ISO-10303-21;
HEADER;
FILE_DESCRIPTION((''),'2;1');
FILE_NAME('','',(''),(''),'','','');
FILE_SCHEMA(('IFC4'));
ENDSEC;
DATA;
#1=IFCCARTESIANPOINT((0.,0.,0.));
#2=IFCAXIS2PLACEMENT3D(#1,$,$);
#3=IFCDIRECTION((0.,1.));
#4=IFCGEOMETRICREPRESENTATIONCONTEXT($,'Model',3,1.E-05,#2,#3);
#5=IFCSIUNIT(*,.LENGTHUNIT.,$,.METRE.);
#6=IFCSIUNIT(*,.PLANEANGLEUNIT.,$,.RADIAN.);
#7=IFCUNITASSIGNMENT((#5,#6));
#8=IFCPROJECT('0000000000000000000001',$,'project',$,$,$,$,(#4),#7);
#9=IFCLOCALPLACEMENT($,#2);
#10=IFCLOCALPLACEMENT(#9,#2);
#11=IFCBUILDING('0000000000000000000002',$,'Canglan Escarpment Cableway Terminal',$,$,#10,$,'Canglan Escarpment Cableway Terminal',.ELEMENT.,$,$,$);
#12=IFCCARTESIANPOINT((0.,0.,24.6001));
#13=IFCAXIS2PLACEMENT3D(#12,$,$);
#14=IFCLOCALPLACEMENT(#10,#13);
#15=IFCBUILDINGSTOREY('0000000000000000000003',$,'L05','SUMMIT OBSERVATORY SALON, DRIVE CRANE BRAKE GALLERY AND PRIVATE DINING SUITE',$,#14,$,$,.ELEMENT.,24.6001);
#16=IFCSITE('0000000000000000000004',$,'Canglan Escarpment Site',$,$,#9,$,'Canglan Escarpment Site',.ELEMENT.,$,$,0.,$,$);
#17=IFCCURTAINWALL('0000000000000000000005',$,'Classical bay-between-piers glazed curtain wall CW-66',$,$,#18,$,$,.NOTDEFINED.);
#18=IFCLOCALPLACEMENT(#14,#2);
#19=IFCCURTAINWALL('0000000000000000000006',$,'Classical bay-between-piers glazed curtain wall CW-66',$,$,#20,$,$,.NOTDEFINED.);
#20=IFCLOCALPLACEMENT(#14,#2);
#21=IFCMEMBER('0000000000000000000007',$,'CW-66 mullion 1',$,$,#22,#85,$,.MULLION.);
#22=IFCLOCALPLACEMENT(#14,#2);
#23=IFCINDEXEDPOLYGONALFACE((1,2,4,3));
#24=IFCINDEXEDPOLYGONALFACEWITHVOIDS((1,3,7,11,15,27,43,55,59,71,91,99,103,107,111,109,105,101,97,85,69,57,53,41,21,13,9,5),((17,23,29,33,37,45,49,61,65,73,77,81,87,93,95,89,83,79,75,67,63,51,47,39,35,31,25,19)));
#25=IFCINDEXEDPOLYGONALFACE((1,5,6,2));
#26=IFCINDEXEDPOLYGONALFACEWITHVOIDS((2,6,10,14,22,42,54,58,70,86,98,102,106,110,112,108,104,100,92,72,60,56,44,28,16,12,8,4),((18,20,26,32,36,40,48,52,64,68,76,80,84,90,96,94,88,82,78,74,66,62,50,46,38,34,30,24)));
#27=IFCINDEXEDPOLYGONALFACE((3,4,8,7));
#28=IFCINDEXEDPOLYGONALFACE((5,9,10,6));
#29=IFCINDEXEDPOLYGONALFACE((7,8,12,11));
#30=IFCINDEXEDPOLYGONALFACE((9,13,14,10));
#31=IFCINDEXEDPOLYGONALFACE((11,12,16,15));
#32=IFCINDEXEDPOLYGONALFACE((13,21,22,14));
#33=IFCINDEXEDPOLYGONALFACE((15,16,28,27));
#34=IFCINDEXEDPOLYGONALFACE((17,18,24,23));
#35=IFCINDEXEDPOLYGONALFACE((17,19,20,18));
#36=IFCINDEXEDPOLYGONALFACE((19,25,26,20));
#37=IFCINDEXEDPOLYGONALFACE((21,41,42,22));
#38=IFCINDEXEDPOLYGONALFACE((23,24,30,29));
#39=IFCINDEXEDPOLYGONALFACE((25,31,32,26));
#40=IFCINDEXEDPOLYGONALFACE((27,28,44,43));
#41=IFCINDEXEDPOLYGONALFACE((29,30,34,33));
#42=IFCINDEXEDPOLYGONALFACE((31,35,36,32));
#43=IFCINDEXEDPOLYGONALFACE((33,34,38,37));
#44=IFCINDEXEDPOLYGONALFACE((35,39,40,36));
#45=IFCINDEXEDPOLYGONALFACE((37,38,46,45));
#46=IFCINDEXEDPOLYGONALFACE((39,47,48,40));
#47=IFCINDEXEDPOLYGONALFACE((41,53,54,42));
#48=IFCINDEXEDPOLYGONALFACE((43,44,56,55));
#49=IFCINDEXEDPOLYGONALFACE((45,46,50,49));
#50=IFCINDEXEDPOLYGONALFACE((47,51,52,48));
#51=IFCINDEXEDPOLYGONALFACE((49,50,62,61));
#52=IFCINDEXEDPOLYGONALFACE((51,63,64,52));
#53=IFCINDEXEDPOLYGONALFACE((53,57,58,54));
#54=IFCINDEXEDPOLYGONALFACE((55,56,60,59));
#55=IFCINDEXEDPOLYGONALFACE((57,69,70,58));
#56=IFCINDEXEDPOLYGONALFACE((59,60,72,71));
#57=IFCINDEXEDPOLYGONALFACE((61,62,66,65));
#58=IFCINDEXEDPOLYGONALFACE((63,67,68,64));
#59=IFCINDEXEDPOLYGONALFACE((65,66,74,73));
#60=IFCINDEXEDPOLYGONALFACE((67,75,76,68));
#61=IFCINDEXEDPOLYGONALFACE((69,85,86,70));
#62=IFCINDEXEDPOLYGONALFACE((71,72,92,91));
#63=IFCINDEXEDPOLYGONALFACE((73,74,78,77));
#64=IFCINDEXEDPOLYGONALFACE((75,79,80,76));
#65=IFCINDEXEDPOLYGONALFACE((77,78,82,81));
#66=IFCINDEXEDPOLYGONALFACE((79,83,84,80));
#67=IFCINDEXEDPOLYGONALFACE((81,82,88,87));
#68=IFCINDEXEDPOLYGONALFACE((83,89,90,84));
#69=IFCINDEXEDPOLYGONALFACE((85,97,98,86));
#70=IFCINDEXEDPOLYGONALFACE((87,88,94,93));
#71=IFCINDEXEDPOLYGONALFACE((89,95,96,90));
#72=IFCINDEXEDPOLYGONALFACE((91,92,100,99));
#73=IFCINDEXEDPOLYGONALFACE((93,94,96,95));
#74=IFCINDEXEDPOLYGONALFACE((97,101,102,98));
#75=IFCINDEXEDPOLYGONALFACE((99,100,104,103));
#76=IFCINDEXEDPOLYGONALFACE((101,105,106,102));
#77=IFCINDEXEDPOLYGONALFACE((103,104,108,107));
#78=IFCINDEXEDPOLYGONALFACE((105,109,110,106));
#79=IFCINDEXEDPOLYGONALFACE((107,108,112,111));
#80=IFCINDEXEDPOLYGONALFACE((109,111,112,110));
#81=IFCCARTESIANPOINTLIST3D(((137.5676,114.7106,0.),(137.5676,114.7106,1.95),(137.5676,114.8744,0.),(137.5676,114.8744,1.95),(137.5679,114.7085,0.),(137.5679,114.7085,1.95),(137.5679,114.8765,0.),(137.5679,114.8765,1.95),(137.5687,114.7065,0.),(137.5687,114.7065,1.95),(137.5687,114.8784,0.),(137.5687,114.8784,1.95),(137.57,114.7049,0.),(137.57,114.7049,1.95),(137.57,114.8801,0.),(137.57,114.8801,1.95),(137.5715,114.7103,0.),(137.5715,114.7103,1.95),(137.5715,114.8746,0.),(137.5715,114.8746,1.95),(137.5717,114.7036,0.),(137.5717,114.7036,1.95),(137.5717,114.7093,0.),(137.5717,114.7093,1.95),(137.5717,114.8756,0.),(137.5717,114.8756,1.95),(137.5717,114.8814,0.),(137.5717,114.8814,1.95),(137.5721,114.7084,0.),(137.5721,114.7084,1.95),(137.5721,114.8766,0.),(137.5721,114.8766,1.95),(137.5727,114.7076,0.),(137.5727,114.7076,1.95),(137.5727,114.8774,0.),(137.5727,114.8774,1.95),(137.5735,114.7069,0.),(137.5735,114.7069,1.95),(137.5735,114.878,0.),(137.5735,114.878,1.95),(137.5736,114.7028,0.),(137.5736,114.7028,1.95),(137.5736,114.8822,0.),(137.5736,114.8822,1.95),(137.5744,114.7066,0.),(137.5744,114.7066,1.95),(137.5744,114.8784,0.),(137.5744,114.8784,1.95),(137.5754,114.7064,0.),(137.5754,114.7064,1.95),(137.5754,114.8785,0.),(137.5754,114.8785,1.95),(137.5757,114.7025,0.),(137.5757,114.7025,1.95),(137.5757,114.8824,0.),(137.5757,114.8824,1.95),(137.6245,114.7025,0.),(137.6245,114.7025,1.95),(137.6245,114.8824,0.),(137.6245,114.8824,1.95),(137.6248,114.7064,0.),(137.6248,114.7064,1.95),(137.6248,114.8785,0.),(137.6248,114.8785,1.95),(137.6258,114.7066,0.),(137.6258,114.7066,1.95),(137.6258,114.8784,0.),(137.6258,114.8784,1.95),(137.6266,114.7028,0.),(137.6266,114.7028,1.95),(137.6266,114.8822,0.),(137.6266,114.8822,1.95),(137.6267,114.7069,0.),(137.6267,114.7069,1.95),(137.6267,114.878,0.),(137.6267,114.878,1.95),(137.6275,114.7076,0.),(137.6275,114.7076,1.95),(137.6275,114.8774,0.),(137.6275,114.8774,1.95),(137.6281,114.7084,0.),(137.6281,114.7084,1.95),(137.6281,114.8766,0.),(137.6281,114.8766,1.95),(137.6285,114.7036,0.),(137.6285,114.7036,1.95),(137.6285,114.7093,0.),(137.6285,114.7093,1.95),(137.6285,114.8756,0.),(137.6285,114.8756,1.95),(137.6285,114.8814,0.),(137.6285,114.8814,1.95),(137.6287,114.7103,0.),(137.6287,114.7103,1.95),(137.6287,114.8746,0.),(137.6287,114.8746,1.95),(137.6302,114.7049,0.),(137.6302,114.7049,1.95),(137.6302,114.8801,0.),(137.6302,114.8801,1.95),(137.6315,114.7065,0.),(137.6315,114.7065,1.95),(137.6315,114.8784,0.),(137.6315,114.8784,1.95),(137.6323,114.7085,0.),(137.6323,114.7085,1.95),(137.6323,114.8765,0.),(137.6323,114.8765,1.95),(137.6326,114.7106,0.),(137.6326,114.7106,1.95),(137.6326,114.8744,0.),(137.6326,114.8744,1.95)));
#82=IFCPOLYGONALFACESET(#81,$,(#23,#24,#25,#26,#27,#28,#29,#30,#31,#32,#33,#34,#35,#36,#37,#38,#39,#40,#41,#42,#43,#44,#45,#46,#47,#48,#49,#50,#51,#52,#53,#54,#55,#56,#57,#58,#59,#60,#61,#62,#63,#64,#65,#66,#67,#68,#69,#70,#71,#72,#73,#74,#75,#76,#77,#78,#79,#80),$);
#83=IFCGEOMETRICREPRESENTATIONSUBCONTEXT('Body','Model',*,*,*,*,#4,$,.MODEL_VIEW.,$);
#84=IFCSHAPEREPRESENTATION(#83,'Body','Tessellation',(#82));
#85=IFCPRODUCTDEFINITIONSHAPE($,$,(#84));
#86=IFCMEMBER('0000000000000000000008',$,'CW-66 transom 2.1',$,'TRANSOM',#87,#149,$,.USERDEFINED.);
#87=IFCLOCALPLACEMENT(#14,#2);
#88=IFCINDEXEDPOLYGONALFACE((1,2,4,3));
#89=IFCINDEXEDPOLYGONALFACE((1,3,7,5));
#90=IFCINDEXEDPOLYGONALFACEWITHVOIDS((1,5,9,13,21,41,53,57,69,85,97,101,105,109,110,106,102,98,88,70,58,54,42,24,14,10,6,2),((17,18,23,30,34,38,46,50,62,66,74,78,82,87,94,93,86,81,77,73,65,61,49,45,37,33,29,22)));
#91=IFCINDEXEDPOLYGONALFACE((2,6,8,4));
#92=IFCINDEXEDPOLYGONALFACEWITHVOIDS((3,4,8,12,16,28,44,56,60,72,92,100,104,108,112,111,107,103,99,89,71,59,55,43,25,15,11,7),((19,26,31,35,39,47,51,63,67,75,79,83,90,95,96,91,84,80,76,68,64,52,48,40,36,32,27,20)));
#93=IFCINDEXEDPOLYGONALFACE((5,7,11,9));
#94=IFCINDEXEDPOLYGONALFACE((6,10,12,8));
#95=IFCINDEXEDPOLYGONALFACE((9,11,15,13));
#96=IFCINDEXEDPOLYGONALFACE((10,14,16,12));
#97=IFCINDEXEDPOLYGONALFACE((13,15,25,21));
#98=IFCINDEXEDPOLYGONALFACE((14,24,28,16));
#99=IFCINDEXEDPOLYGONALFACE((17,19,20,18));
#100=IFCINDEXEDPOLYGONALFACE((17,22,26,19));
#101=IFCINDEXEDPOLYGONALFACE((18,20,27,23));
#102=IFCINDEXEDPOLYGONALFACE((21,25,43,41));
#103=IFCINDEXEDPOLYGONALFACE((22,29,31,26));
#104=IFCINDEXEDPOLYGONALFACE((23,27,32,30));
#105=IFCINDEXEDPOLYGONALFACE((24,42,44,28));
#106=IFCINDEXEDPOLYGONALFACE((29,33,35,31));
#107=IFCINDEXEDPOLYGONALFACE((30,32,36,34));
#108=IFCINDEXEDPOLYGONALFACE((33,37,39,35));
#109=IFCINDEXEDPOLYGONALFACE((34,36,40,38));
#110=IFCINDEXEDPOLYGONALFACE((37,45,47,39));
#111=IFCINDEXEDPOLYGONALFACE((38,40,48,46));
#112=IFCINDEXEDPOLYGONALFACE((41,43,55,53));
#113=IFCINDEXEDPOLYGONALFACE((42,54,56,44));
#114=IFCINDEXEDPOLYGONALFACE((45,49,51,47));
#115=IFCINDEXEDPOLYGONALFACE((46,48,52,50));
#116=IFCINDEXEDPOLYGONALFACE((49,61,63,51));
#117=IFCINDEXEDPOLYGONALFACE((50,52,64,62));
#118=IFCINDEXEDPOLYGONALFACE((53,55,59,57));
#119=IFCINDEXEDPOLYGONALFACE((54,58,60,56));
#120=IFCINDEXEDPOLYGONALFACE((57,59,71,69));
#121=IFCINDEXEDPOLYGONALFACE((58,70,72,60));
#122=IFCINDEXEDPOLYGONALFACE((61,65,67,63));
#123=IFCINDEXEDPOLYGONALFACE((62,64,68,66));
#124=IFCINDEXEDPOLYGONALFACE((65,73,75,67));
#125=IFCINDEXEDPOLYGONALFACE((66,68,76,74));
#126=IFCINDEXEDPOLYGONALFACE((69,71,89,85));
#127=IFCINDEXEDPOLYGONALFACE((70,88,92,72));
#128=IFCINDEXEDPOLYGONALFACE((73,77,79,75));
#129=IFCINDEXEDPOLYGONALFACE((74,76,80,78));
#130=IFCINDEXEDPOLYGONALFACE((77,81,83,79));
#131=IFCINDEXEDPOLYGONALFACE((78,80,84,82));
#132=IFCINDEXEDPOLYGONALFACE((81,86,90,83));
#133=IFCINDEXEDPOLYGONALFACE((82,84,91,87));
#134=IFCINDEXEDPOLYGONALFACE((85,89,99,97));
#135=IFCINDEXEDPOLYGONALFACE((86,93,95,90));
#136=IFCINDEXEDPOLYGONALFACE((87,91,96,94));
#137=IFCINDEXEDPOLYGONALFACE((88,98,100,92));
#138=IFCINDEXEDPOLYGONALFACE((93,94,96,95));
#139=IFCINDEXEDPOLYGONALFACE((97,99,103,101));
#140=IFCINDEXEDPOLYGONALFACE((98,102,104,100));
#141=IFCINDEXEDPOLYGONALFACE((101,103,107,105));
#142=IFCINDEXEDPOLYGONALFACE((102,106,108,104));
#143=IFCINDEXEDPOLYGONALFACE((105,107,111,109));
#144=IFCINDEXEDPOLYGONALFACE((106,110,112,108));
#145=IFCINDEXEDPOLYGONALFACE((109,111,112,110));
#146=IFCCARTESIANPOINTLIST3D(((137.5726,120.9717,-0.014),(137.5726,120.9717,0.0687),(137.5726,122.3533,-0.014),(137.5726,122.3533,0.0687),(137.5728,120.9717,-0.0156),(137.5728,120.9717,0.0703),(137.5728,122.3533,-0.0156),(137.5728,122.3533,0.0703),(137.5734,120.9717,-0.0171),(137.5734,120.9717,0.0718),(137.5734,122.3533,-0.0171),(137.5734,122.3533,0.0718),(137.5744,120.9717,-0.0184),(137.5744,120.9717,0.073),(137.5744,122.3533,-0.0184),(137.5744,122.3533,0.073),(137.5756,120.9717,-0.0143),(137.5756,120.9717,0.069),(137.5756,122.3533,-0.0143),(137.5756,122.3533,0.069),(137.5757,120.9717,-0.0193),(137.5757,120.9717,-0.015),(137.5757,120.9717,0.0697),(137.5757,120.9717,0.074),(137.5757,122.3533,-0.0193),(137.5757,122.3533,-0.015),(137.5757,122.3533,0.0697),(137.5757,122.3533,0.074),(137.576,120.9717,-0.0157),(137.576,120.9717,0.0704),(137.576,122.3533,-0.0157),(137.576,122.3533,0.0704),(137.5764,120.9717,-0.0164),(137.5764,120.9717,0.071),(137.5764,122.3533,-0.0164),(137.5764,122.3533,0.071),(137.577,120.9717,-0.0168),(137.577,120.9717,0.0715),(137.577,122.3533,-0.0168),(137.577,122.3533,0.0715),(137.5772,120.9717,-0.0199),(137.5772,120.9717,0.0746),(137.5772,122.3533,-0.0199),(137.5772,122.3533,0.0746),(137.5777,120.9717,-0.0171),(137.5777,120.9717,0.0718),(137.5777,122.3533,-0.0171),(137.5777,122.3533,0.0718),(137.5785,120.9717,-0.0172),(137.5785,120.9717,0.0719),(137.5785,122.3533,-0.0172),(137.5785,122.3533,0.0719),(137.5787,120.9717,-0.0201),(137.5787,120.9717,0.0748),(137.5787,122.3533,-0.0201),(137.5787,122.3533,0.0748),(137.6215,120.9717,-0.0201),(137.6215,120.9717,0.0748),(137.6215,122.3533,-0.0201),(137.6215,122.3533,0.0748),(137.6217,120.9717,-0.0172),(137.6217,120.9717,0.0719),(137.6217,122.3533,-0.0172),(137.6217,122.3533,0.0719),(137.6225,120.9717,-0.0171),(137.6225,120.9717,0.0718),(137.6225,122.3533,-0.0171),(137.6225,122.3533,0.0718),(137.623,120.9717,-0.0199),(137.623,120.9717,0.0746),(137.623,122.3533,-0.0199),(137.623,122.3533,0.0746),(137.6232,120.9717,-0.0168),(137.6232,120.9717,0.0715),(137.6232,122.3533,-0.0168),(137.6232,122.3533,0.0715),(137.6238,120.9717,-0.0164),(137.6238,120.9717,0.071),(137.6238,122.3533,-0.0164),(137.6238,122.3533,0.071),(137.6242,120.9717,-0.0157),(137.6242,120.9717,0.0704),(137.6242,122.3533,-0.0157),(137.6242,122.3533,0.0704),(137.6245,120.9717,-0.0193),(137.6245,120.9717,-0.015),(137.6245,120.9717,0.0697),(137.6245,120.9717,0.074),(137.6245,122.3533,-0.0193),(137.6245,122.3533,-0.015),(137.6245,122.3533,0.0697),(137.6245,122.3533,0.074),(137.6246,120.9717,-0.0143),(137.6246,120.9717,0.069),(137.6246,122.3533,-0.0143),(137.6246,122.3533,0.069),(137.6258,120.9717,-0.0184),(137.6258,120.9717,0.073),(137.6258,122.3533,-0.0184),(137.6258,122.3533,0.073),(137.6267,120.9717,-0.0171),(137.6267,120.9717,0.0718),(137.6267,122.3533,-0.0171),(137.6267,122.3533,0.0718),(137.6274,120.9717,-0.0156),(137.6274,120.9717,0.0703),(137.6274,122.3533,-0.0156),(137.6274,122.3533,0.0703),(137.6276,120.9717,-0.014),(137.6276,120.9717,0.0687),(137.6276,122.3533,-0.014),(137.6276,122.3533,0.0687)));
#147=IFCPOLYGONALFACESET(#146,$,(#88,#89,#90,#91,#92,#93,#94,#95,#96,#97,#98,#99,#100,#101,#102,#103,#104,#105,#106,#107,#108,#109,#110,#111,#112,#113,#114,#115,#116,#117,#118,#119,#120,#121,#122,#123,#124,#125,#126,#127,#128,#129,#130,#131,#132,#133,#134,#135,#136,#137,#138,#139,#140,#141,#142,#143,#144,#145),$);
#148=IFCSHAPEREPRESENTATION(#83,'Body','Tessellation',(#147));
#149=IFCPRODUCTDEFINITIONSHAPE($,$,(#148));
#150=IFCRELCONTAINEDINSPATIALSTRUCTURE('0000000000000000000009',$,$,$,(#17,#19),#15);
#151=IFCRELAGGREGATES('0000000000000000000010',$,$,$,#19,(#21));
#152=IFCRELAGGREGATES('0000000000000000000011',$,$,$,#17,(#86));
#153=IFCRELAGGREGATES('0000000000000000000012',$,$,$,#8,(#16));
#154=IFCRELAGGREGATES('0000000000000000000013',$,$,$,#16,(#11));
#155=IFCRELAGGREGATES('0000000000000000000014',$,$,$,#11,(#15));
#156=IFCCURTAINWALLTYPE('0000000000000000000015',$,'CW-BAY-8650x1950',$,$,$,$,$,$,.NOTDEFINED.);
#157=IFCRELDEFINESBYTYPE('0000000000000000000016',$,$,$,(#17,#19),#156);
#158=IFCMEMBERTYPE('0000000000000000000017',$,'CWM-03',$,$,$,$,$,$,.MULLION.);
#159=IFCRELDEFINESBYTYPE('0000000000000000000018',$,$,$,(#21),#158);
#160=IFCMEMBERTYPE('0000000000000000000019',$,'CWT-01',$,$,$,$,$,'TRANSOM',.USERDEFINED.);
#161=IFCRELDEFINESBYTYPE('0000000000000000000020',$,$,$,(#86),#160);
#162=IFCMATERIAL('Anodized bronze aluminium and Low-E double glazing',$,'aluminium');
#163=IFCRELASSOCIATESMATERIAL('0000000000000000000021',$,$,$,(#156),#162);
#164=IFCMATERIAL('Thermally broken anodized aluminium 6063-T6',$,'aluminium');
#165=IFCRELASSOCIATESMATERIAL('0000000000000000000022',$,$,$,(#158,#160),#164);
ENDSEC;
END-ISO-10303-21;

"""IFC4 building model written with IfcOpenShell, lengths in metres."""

from ifc_helpers import new_model, si_unit, direction, frame, origin, origin_2d, place, context, subcontext, project, spatial, hollow_rectangle, extrude, material, material_profile, profile_set, type_object, element, aggregate, save


model = new_model("IFC4")

# Units and contexts
model_context = context("Model", 3, precision=1e-05, world=origin(), true_north=direction((0.0, 1.0)))
body_context = subcontext(model_context, "Body", "Model", "MODEL_VIEW")
ifc_project = project(units=[si_unit("LENGTHUNIT", "METRE"), si_unit("PLANEANGLEUNIT", "RADIAN")], contexts=[model_context])

# Site, building, storey
site_placement = place(None, origin())
site = spatial("IfcSite", under=ifc_project, at=site_placement, Name="Canglan Escarpment Site", LongName="Canglan Escarpment Site", CompositionType="ELEMENT", RefElevation=0.0)
building_placement = place(site_placement, origin())
building = spatial("IfcBuilding", under=site, at=building_placement, Name="Canglan Escarpment Cableway Terminal", LongName="Canglan Escarpment Cableway Terminal", CompositionType="ELEMENT")
storey_placement = place(building_placement, frame((0.0, 0.0, 24.6001)))
storey = spatial("IfcBuildingStorey", under=building, at=storey_placement, Name="L05", Description="SUMMIT OBSERVATORY SALON, DRIVE CRANE BRAKE GALLERY AND PRIVATE DINING SUITE", CompositionType="ELEMENT", Elevation=24.6001)

# Curtain wall
ifc_material_1 = material(Name="Anodized bronze aluminium and Low-E double glazing", Category="aluminium")
curtain_wall_type = type_object("IfcCurtainWallType", Name="CW-BAY-8650x1950", PredefinedType="NOTDEFINED", material=ifc_material_1)
curtain_wall_1_placement = place(storey_placement, origin())
curtain_wall_1 = element("IfcCurtainWall", 1, at=curtain_wall_1_placement, inside=storey, type_object=curtain_wall_type, Name="Classical bay-between-piers glazed curtain wall CW-66", PredefinedType="NOTDEFINED")
ifc_material_2 = material(Name="Thermally broken anodized aluminium 6063-T6", Category="aluminium")

# Curtain wall, member
curtain_wall_2_placement = place(storey_placement, origin())
curtain_wall_2 = element("IfcCurtainWall", 2, at=curtain_wall_2_placement, inside=storey, type_object=curtain_wall_type, Name="Classical bay-between-piers glazed curtain wall CW-66", PredefinedType="NOTDEFINED")
ifc_material_profile_1 = material_profile(ifc_material_2, hollow_rectangle(XDim=0.0649, YDim=0.1799, WallThickness=0.0039, InnerFilletRadius=0.0039, OuterFilletRadius=0.0081, at=origin_2d()), Name="ALU-MULL 65x180x4")
ifc_profile_set_1 = profile_set([ifc_material_profile_1], Name="Thermally broken anodized aluminium 6063-T6")
member_type_1 = type_object("IfcMemberType", Name="CWM-03", PredefinedType="MULLION", material=ifc_profile_set_1)
member_1_placement = place(storey_placement, frame((137.6001, 114.7925, 0.0), z_axis=(0.0, 0.0, 1.0), x_axis=(1.0, 0.0, 0.0)))
member_1 = element("IfcMember", 3, at=member_1_placement, type_object=member_type_1, Name="CW-66 mullion 1", PredefinedType="MULLION", context=body_context, shape_type="SweptSolid", body=[
    extrude(hollow_rectangle(XDim=0.0649, YDim=0.1799, WallThickness=0.0039, InnerFilletRadius=0.0039, OuterFilletRadius=0.0081, at=origin_2d()), origin(), (0.0, 0.0, 1.0), 1.95),
])

# Member
ifc_material_profile_2 = material_profile(ifc_material_2, hollow_rectangle(XDim=0.0549, YDim=0.095, WallThickness=0.0029, InnerFilletRadius=0.0029, OuterFilletRadius=0.0061, at=origin_2d()), Name="ALU-TRAN 55x95x3")
ifc_profile_set_2 = profile_set([ifc_material_profile_2], Name="Thermally broken anodized aluminium 6063-T6")
member_type_2 = type_object("IfcMemberType", Name="CWT-01", ElementType="TRANSOM", PredefinedType="USERDEFINED", material=ifc_profile_set_2)
member_2_placement = place(storey_placement, frame((137.6001, 122.3533, 0.0273), z_axis=(0.0, -1.0, 0.0), x_axis=(1.0, 0.0, 0.0)))
member_2 = element("IfcMember", 4, at=member_2_placement, type_object=member_type_2, Name="CW-66 transom 2.1", ObjectType="TRANSOM", PredefinedType="USERDEFINED", context=body_context, shape_type="SweptSolid", body=[
    extrude(hollow_rectangle(XDim=0.0549, YDim=0.095, WallThickness=0.0029, InnerFilletRadius=0.0029, OuterFilletRadius=0.0061, at=origin_2d()), origin(), (0.0, 0.0, 1.0), 1.3816),
])

aggregate(curtain_wall_2, [member_1])
aggregate(curtain_wall_1, [member_2])

save(model, "model.ifc")
